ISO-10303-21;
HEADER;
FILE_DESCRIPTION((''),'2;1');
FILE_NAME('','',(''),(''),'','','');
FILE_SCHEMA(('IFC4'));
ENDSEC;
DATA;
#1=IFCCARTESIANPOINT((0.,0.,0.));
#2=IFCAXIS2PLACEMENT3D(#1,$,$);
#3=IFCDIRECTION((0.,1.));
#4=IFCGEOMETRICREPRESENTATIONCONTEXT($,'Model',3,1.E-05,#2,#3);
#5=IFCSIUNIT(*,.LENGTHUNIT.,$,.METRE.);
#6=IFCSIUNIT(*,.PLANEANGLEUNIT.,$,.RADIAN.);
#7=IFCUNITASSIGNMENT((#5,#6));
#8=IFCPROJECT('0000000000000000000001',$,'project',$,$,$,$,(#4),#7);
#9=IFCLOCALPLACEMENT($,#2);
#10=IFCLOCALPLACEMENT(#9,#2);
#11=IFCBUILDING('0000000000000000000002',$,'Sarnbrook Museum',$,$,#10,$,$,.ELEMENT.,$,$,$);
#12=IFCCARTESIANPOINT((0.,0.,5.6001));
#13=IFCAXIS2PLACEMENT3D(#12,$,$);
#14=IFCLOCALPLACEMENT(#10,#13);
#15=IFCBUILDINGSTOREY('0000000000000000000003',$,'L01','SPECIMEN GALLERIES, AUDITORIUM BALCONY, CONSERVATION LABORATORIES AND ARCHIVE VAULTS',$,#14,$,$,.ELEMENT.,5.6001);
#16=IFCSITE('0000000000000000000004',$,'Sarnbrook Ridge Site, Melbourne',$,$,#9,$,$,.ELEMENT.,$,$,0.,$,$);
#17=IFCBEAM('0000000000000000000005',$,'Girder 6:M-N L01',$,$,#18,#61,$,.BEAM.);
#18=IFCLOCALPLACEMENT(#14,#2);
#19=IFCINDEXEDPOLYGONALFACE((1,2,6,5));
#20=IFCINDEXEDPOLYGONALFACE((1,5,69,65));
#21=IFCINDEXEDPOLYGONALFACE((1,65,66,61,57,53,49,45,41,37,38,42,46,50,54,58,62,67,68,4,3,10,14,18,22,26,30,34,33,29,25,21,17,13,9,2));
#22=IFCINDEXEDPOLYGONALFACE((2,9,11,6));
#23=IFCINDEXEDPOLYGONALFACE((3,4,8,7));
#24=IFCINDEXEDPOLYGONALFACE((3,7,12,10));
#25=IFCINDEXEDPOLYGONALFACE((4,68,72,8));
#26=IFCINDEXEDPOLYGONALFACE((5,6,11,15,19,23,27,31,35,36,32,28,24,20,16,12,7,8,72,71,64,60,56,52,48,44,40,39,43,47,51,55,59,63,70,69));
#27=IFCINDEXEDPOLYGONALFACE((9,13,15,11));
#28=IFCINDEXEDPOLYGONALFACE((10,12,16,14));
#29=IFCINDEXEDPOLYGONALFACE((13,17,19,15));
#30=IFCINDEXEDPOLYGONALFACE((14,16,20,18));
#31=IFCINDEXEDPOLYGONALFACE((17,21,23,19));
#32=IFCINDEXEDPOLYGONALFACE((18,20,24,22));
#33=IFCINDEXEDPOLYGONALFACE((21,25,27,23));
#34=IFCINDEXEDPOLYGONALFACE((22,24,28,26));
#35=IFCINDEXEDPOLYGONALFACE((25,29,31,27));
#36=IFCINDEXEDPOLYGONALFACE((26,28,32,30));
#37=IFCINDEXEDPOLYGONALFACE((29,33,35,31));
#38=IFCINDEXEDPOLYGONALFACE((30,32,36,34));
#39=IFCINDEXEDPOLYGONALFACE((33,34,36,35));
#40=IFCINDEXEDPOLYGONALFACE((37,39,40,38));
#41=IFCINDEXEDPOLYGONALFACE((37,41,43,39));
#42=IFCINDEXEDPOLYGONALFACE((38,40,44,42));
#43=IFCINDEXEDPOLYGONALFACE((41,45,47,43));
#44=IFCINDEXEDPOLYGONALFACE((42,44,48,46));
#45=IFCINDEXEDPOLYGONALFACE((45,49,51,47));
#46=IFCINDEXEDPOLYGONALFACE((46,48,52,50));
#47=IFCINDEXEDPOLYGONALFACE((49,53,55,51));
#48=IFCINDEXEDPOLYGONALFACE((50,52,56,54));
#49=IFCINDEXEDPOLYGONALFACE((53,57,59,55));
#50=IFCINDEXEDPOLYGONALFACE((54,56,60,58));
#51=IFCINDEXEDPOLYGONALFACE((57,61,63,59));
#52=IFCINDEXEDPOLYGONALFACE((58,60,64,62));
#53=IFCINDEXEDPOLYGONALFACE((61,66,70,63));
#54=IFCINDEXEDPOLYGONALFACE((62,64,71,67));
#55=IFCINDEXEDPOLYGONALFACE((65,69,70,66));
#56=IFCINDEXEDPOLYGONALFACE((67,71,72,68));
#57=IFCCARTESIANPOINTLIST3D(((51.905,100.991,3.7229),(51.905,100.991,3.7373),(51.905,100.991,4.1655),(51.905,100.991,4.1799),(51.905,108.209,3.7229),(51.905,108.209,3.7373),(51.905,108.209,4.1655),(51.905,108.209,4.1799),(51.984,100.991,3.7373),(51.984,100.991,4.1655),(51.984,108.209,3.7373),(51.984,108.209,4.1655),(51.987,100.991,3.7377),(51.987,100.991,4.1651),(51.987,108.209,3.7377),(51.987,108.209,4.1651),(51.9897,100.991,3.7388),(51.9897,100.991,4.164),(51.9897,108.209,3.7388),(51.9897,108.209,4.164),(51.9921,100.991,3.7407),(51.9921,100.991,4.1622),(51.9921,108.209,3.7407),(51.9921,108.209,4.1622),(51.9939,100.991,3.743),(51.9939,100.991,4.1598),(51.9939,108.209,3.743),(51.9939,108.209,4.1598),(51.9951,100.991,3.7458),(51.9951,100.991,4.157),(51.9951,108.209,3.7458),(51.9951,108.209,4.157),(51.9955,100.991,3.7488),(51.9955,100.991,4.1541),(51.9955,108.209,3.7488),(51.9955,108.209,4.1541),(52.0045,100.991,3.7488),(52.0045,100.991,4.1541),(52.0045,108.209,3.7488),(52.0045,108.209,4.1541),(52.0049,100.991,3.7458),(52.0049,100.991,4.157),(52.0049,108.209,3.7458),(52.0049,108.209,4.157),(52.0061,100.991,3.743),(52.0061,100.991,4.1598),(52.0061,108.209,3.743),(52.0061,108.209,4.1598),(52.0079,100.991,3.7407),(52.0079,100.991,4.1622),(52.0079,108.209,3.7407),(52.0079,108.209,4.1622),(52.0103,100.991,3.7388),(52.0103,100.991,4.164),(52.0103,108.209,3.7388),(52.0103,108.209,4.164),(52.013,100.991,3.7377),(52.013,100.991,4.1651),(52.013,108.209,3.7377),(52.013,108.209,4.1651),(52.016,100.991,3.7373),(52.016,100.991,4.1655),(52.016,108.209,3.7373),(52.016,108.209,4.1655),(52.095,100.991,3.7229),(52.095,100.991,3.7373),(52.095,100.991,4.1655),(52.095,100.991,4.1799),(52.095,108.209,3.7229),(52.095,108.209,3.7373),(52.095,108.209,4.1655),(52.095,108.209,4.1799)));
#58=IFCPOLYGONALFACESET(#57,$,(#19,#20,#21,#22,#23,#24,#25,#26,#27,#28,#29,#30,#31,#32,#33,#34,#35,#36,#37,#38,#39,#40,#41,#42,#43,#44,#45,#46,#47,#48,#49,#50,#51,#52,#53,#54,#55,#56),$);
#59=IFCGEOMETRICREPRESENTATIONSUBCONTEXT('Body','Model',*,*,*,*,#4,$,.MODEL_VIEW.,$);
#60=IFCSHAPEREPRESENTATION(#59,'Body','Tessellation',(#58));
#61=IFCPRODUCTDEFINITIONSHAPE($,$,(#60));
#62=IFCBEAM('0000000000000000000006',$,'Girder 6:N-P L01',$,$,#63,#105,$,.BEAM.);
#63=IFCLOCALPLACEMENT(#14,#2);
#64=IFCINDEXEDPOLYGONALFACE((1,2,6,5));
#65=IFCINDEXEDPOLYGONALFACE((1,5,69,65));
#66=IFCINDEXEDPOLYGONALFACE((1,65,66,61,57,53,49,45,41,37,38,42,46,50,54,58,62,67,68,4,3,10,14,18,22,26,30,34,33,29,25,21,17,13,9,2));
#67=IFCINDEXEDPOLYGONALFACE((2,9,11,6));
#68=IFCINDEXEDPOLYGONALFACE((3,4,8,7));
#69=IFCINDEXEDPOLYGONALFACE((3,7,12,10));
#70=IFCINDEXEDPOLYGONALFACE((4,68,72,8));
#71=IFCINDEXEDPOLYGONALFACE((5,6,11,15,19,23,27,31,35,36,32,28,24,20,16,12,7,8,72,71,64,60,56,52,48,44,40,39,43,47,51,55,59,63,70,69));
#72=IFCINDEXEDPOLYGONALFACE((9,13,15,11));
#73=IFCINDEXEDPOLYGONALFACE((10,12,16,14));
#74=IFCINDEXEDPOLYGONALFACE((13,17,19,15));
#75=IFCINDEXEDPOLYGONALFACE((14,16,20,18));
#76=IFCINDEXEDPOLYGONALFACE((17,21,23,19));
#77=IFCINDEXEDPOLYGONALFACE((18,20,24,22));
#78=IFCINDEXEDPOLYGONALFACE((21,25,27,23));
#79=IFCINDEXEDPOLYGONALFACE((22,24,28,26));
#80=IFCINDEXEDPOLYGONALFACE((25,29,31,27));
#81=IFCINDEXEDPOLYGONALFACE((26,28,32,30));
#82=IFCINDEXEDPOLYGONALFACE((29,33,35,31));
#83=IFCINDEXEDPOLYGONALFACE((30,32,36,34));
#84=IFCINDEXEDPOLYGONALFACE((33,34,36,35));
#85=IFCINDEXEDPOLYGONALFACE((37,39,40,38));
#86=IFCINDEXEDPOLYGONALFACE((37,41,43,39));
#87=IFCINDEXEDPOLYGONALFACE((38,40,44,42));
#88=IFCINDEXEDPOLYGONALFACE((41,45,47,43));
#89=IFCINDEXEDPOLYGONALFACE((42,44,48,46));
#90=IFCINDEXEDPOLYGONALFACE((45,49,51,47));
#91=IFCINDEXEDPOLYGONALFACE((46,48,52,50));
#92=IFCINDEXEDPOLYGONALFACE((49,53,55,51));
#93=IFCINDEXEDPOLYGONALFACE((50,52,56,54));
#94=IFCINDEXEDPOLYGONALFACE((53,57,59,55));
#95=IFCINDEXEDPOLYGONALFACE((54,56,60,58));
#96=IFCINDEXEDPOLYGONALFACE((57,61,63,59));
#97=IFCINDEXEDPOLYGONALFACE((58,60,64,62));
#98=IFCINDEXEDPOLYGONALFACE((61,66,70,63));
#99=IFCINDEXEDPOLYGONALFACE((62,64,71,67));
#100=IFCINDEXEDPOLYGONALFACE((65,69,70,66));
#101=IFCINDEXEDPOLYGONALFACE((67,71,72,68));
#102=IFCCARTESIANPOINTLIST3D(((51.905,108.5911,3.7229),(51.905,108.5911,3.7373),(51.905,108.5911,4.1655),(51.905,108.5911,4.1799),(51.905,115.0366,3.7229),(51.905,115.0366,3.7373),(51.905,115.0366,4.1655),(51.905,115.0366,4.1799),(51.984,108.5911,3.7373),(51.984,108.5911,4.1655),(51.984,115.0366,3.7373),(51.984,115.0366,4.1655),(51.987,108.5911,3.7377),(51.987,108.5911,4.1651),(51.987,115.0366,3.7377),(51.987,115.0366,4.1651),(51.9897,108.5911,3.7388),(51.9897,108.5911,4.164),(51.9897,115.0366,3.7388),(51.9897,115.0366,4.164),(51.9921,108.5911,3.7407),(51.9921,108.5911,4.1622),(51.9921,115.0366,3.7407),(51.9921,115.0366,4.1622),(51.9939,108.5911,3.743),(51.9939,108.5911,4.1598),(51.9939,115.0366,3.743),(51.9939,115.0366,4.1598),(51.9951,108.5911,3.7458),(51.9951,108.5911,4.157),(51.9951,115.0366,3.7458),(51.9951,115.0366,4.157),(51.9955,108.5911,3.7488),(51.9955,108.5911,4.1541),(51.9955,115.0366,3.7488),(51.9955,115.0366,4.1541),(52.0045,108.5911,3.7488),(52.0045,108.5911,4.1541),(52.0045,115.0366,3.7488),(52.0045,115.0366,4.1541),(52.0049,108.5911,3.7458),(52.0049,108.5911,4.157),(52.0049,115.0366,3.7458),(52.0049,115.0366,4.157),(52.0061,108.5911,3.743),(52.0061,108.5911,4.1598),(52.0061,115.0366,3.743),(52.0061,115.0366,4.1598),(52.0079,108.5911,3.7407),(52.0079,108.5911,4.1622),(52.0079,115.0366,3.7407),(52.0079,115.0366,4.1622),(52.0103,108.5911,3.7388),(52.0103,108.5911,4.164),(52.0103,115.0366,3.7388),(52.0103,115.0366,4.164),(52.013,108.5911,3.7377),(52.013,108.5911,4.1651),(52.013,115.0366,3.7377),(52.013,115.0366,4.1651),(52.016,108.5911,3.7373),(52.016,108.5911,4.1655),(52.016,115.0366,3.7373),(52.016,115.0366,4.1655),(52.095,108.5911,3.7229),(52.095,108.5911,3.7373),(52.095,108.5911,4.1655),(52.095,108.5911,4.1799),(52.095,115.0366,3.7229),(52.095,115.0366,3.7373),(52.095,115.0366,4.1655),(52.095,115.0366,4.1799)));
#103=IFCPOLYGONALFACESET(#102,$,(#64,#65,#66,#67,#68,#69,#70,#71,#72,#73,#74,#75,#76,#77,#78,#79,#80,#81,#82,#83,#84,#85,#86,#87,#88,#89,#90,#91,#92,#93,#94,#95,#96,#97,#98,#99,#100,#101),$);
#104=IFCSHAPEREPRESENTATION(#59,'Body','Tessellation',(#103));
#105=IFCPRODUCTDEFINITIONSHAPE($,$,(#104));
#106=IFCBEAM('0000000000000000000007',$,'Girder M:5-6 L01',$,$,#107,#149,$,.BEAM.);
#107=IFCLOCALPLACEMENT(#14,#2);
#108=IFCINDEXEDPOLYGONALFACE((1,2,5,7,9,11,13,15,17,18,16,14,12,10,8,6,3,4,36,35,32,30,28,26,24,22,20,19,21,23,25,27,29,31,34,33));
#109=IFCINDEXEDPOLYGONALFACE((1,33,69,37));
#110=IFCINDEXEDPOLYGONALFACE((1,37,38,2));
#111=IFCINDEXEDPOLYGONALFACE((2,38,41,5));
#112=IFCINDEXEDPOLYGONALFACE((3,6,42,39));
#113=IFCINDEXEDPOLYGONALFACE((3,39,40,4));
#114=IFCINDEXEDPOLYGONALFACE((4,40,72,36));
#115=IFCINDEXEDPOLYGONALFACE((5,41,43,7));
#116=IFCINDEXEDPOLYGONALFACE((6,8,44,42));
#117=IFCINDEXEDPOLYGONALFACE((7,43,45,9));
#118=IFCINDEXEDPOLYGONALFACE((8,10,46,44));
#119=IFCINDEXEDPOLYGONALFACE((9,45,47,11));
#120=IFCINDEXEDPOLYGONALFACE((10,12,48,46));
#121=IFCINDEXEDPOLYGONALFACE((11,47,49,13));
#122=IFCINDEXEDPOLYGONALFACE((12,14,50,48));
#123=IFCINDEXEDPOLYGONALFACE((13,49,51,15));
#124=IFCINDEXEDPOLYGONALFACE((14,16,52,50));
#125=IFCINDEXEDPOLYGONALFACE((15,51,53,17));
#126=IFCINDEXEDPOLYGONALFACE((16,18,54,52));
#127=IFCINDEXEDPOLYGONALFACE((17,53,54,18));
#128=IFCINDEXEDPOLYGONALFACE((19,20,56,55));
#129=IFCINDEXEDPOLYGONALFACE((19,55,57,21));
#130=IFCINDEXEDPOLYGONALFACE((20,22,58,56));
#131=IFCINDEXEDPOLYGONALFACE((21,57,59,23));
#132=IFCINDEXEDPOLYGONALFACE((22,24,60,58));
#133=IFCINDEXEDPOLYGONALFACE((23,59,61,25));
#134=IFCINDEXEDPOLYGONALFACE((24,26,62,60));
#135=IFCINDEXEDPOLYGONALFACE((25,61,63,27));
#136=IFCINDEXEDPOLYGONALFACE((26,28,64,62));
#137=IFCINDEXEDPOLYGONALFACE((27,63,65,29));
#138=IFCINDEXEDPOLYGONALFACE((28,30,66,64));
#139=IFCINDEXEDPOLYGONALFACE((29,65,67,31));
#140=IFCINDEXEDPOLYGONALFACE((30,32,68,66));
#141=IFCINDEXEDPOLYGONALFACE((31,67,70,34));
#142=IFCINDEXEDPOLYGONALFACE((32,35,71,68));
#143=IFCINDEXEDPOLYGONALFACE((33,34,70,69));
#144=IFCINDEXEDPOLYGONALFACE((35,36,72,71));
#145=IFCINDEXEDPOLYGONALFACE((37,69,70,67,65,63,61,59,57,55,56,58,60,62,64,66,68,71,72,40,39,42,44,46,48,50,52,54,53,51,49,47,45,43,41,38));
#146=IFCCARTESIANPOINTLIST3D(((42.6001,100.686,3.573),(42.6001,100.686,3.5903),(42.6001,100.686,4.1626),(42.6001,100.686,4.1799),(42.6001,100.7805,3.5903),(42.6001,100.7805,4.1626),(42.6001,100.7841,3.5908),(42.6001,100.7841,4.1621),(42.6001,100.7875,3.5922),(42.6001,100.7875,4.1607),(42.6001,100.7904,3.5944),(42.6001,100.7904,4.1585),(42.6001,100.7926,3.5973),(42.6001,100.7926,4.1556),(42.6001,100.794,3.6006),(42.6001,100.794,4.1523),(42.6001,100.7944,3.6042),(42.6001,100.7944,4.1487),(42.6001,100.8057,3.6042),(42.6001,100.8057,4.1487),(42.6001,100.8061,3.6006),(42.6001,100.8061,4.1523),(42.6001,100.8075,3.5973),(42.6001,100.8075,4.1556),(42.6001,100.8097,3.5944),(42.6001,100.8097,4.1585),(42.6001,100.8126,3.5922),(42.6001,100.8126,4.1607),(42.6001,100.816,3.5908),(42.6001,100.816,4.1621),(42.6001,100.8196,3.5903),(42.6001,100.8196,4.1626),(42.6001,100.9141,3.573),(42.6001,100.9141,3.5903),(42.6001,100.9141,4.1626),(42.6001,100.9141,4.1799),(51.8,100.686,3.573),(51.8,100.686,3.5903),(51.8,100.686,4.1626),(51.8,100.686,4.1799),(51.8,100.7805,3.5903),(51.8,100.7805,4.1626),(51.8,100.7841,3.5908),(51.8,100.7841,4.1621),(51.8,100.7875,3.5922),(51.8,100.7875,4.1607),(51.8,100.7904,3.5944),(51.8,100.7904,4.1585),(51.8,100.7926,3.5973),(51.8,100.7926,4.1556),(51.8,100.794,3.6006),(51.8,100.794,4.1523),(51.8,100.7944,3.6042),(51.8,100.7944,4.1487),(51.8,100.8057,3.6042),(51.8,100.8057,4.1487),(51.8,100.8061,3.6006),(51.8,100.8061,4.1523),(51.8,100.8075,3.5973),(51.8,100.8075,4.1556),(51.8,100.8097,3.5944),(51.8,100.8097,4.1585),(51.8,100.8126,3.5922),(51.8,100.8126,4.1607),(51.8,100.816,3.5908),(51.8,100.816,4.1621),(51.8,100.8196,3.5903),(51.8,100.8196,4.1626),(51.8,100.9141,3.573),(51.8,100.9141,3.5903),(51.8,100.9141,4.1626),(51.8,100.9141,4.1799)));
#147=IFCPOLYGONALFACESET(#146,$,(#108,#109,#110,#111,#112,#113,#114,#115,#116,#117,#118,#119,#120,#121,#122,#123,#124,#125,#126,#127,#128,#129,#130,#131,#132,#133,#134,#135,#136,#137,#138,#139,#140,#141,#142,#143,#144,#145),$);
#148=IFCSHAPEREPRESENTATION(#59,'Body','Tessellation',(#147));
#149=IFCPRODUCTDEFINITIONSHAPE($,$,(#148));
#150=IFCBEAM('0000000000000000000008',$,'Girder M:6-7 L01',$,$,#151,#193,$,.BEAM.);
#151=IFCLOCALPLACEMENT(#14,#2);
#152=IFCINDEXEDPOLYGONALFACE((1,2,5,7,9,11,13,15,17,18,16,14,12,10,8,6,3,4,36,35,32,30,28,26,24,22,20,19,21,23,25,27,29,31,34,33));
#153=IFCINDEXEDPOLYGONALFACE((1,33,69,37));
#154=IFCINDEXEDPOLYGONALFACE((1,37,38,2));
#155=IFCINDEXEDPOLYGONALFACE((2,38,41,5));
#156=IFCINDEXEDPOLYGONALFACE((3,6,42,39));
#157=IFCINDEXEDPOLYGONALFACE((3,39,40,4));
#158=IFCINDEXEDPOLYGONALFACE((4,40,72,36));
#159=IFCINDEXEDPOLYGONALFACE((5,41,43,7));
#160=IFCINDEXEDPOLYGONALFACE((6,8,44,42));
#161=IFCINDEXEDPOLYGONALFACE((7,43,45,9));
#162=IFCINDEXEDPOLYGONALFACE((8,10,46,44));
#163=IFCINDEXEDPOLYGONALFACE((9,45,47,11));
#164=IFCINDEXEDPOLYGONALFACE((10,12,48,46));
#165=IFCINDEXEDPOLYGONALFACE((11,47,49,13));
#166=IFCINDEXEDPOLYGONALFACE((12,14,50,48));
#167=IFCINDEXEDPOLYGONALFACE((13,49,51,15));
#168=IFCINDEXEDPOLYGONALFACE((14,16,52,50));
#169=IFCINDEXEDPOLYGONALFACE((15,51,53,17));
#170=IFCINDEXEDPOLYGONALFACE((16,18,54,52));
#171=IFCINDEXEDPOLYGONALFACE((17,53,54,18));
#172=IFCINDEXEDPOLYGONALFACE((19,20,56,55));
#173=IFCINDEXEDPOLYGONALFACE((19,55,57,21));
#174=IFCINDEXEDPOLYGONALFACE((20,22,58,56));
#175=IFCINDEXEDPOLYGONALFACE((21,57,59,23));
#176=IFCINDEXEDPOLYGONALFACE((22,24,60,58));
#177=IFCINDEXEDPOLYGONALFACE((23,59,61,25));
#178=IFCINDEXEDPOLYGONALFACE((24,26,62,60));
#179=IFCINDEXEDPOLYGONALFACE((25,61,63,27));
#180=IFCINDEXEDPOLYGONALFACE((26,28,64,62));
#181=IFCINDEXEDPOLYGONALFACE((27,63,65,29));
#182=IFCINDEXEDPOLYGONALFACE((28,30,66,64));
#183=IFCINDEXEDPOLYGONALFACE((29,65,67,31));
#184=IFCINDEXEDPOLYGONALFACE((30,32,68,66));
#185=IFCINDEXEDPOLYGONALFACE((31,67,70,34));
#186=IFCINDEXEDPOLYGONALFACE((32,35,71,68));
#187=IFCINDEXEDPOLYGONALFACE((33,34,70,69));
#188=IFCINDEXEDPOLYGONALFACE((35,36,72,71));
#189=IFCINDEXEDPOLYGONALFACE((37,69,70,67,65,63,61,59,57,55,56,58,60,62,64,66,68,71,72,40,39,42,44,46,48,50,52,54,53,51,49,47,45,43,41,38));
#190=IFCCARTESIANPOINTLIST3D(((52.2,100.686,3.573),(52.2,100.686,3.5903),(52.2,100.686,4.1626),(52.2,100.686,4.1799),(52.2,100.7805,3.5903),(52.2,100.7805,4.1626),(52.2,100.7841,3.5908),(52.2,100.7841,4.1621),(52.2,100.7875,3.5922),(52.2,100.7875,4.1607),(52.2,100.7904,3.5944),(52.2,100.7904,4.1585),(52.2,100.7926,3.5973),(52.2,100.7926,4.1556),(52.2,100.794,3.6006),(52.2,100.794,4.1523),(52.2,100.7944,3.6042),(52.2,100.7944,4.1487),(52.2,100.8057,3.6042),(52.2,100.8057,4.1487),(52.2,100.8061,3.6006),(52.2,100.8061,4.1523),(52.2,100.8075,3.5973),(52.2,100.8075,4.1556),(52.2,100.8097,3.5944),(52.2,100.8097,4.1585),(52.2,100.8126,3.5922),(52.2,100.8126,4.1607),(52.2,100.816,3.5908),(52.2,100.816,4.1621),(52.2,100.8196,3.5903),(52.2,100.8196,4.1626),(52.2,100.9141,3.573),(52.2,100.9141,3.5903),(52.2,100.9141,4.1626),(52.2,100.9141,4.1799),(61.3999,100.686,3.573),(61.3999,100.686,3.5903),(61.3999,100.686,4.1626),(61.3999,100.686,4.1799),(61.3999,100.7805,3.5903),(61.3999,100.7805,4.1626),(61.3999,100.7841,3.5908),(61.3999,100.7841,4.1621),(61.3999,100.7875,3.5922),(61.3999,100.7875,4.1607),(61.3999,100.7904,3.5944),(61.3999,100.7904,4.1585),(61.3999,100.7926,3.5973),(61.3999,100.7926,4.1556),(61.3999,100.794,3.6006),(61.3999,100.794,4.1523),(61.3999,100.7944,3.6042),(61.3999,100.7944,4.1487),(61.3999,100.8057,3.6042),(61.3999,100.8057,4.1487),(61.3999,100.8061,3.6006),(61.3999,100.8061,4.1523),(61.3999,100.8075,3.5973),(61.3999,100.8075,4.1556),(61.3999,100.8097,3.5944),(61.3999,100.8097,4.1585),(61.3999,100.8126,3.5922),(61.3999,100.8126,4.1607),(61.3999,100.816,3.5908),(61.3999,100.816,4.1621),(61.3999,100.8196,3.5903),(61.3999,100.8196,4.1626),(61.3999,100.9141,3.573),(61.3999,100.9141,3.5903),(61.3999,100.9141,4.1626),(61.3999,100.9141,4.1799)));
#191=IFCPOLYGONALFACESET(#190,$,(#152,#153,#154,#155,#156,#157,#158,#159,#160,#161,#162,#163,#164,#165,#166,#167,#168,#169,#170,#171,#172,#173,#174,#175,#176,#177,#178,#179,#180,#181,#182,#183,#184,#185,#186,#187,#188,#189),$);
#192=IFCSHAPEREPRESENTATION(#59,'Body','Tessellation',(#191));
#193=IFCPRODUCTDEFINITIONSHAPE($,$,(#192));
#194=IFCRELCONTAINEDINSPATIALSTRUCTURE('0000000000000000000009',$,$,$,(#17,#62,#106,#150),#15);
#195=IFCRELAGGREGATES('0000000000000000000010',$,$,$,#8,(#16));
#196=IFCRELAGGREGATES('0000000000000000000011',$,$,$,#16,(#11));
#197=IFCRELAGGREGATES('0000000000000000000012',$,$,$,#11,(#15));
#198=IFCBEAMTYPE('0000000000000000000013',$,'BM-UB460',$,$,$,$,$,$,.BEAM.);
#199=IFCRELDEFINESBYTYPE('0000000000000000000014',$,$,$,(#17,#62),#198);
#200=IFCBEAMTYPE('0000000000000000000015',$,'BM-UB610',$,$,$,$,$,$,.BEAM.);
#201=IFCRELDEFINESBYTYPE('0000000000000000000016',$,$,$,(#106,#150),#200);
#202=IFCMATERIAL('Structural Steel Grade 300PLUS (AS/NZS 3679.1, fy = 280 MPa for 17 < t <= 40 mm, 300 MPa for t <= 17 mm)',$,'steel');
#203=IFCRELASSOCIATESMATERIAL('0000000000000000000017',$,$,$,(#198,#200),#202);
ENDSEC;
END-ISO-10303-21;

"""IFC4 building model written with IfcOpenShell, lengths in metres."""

from ifc_helpers import new_model, si_unit, direction, frame, origin, origin_2d, place, context, subcontext, project, spatial, i_section, extrude, material, material_profile, profile_set, type_object, element, save


model = new_model("IFC4")

# Units and contexts
model_context = context("Model", 3, precision=1e-05, world=origin(), true_north=direction((0.0, 1.0)))
body_context = subcontext(model_context, "Body", "Model", "MODEL_VIEW")
ifc_project = project(units=[si_unit("LENGTHUNIT", "METRE"), si_unit("PLANEANGLEUNIT", "RADIAN")], contexts=[model_context])

# Site, building, storey
site_placement = place(None, origin())
site = spatial("IfcSite", under=ifc_project, at=site_placement, Name="Sarnbrook Ridge Site, Melbourne", CompositionType="ELEMENT", RefElevation=0.0)
building_placement = place(site_placement, origin())
building = spatial("IfcBuilding", under=site, at=building_placement, Name="Sarnbrook Museum", CompositionType="ELEMENT")
storey_placement = place(building_placement, frame((0.0, 0.0, 5.6001)))
storey = spatial("IfcBuildingStorey", under=building, at=storey_placement, Name="L01", Description="SPECIMEN GALLERIES, AUDITORIUM BALCONY, CONSERVATION LABORATORIES AND ARCHIVE VAULTS", CompositionType="ELEMENT", Elevation=5.6001)

# Beams
ifc_material_1 = material(Name="Structural Steel Grade 300PLUS (AS/NZS 3679.1, fy = 280 MPa for 17 < t <= 40 mm, 300 MPa for t <= 17 mm)", Category="steel")
ifc_material_profile_1 = material_profile(ifc_material_1, i_section(OverallWidth=0.1899, OverallDepth=0.457, WebThickness=0.009, FlangeThickness=0.0144, FilletRadius=0.0115, at=origin_2d()), Name="460UB74.6")
ifc_profile_set_1 = profile_set([ifc_material_profile_1], Name="Structural Steel Grade 300PLUS (AS/NZS 3679.1, fy = 280 MPa for 17 < t <= 40 mm, 300 MPa for t <= 17 mm)")
beam_type_1 = type_object("IfcBeamType", Name="BM-UB460", PredefinedType="BEAM", material=ifc_profile_set_1)
beam_1_placement = place(storey_placement, frame((52.0, 100.991, 3.9514), z_axis=(0.0, 1.0, 0.0), x_axis=(-1.0, 0.0, 0.0)))
element("IfcBeam", 1, at=beam_1_placement, inside=storey, type_object=beam_type_1, Name="Girder 6:M-N L01", PredefinedType="BEAM", context=body_context, shape_type="SweptSolid", body=[
    extrude(i_section(OverallWidth=0.1899, OverallDepth=0.457, WebThickness=0.009, FlangeThickness=0.0144, FilletRadius=0.0115, at=origin_2d()), origin(), (0.0, 0.0, 1.0), 7.218),
])
beam_2_placement = place(storey_placement, frame((52.0, 108.5911, 3.9514), z_axis=(0.0, 1.0, 0.0), x_axis=(-1.0, 0.0, 0.0)))
element("IfcBeam", 2, at=beam_2_placement, inside=storey, type_object=beam_type_1, Name="Girder 6:N-P L01", PredefinedType="BEAM", context=body_context, shape_type="SweptSolid", body=[
    extrude(i_section(OverallWidth=0.1899, OverallDepth=0.457, WebThickness=0.009, FlangeThickness=0.0144, FilletRadius=0.0115, at=origin_2d()), origin(), (0.0, 0.0, 1.0), 6.4456),
])
ifc_material_profile_2 = material_profile(ifc_material_1, i_section(OverallWidth=0.228, OverallDepth=0.6069, WebThickness=0.0112, FlangeThickness=0.0173, FilletRadius=0.0139, at=origin_2d()), Name="610UB113")
ifc_profile_set_2 = profile_set([ifc_material_profile_2], Name="Structural Steel Grade 300PLUS (AS/NZS 3679.1, fy = 280 MPa for 17 < t <= 40 mm, 300 MPa for t <= 17 mm)")
beam_type_2 = type_object("IfcBeamType", Name="BM-UB610", PredefinedType="BEAM", material=ifc_profile_set_2)
for number, where, z_axis, x_axis, name in (
    (3, (42.6001, 100.8, 3.8765), (1.0, 0.0, 0.0), (0.0, 1.0, 0.0), "Girder M:5-6 L01"),
    (4, (52.2, 100.8, 3.8765), (1.0, 0.0, 0.0), (0.0, 1.0, 0.0), "Girder M:6-7 L01"),
):
    element("IfcBeam", number, at=place(storey_placement, frame(where, z_axis=z_axis, x_axis=x_axis)), inside=storey, type_object=beam_type_2, Name=name, PredefinedType="BEAM", context=body_context, shape_type="SweptSolid", body=[
        extrude(i_section(OverallWidth=0.228, OverallDepth=0.6069, WebThickness=0.0112, FlangeThickness=0.0173, FilletRadius=0.0139, at=origin_2d()), origin(), (0.0, 0.0, 1.0), 9.2),
    ])

save(model, "model.ifc")
